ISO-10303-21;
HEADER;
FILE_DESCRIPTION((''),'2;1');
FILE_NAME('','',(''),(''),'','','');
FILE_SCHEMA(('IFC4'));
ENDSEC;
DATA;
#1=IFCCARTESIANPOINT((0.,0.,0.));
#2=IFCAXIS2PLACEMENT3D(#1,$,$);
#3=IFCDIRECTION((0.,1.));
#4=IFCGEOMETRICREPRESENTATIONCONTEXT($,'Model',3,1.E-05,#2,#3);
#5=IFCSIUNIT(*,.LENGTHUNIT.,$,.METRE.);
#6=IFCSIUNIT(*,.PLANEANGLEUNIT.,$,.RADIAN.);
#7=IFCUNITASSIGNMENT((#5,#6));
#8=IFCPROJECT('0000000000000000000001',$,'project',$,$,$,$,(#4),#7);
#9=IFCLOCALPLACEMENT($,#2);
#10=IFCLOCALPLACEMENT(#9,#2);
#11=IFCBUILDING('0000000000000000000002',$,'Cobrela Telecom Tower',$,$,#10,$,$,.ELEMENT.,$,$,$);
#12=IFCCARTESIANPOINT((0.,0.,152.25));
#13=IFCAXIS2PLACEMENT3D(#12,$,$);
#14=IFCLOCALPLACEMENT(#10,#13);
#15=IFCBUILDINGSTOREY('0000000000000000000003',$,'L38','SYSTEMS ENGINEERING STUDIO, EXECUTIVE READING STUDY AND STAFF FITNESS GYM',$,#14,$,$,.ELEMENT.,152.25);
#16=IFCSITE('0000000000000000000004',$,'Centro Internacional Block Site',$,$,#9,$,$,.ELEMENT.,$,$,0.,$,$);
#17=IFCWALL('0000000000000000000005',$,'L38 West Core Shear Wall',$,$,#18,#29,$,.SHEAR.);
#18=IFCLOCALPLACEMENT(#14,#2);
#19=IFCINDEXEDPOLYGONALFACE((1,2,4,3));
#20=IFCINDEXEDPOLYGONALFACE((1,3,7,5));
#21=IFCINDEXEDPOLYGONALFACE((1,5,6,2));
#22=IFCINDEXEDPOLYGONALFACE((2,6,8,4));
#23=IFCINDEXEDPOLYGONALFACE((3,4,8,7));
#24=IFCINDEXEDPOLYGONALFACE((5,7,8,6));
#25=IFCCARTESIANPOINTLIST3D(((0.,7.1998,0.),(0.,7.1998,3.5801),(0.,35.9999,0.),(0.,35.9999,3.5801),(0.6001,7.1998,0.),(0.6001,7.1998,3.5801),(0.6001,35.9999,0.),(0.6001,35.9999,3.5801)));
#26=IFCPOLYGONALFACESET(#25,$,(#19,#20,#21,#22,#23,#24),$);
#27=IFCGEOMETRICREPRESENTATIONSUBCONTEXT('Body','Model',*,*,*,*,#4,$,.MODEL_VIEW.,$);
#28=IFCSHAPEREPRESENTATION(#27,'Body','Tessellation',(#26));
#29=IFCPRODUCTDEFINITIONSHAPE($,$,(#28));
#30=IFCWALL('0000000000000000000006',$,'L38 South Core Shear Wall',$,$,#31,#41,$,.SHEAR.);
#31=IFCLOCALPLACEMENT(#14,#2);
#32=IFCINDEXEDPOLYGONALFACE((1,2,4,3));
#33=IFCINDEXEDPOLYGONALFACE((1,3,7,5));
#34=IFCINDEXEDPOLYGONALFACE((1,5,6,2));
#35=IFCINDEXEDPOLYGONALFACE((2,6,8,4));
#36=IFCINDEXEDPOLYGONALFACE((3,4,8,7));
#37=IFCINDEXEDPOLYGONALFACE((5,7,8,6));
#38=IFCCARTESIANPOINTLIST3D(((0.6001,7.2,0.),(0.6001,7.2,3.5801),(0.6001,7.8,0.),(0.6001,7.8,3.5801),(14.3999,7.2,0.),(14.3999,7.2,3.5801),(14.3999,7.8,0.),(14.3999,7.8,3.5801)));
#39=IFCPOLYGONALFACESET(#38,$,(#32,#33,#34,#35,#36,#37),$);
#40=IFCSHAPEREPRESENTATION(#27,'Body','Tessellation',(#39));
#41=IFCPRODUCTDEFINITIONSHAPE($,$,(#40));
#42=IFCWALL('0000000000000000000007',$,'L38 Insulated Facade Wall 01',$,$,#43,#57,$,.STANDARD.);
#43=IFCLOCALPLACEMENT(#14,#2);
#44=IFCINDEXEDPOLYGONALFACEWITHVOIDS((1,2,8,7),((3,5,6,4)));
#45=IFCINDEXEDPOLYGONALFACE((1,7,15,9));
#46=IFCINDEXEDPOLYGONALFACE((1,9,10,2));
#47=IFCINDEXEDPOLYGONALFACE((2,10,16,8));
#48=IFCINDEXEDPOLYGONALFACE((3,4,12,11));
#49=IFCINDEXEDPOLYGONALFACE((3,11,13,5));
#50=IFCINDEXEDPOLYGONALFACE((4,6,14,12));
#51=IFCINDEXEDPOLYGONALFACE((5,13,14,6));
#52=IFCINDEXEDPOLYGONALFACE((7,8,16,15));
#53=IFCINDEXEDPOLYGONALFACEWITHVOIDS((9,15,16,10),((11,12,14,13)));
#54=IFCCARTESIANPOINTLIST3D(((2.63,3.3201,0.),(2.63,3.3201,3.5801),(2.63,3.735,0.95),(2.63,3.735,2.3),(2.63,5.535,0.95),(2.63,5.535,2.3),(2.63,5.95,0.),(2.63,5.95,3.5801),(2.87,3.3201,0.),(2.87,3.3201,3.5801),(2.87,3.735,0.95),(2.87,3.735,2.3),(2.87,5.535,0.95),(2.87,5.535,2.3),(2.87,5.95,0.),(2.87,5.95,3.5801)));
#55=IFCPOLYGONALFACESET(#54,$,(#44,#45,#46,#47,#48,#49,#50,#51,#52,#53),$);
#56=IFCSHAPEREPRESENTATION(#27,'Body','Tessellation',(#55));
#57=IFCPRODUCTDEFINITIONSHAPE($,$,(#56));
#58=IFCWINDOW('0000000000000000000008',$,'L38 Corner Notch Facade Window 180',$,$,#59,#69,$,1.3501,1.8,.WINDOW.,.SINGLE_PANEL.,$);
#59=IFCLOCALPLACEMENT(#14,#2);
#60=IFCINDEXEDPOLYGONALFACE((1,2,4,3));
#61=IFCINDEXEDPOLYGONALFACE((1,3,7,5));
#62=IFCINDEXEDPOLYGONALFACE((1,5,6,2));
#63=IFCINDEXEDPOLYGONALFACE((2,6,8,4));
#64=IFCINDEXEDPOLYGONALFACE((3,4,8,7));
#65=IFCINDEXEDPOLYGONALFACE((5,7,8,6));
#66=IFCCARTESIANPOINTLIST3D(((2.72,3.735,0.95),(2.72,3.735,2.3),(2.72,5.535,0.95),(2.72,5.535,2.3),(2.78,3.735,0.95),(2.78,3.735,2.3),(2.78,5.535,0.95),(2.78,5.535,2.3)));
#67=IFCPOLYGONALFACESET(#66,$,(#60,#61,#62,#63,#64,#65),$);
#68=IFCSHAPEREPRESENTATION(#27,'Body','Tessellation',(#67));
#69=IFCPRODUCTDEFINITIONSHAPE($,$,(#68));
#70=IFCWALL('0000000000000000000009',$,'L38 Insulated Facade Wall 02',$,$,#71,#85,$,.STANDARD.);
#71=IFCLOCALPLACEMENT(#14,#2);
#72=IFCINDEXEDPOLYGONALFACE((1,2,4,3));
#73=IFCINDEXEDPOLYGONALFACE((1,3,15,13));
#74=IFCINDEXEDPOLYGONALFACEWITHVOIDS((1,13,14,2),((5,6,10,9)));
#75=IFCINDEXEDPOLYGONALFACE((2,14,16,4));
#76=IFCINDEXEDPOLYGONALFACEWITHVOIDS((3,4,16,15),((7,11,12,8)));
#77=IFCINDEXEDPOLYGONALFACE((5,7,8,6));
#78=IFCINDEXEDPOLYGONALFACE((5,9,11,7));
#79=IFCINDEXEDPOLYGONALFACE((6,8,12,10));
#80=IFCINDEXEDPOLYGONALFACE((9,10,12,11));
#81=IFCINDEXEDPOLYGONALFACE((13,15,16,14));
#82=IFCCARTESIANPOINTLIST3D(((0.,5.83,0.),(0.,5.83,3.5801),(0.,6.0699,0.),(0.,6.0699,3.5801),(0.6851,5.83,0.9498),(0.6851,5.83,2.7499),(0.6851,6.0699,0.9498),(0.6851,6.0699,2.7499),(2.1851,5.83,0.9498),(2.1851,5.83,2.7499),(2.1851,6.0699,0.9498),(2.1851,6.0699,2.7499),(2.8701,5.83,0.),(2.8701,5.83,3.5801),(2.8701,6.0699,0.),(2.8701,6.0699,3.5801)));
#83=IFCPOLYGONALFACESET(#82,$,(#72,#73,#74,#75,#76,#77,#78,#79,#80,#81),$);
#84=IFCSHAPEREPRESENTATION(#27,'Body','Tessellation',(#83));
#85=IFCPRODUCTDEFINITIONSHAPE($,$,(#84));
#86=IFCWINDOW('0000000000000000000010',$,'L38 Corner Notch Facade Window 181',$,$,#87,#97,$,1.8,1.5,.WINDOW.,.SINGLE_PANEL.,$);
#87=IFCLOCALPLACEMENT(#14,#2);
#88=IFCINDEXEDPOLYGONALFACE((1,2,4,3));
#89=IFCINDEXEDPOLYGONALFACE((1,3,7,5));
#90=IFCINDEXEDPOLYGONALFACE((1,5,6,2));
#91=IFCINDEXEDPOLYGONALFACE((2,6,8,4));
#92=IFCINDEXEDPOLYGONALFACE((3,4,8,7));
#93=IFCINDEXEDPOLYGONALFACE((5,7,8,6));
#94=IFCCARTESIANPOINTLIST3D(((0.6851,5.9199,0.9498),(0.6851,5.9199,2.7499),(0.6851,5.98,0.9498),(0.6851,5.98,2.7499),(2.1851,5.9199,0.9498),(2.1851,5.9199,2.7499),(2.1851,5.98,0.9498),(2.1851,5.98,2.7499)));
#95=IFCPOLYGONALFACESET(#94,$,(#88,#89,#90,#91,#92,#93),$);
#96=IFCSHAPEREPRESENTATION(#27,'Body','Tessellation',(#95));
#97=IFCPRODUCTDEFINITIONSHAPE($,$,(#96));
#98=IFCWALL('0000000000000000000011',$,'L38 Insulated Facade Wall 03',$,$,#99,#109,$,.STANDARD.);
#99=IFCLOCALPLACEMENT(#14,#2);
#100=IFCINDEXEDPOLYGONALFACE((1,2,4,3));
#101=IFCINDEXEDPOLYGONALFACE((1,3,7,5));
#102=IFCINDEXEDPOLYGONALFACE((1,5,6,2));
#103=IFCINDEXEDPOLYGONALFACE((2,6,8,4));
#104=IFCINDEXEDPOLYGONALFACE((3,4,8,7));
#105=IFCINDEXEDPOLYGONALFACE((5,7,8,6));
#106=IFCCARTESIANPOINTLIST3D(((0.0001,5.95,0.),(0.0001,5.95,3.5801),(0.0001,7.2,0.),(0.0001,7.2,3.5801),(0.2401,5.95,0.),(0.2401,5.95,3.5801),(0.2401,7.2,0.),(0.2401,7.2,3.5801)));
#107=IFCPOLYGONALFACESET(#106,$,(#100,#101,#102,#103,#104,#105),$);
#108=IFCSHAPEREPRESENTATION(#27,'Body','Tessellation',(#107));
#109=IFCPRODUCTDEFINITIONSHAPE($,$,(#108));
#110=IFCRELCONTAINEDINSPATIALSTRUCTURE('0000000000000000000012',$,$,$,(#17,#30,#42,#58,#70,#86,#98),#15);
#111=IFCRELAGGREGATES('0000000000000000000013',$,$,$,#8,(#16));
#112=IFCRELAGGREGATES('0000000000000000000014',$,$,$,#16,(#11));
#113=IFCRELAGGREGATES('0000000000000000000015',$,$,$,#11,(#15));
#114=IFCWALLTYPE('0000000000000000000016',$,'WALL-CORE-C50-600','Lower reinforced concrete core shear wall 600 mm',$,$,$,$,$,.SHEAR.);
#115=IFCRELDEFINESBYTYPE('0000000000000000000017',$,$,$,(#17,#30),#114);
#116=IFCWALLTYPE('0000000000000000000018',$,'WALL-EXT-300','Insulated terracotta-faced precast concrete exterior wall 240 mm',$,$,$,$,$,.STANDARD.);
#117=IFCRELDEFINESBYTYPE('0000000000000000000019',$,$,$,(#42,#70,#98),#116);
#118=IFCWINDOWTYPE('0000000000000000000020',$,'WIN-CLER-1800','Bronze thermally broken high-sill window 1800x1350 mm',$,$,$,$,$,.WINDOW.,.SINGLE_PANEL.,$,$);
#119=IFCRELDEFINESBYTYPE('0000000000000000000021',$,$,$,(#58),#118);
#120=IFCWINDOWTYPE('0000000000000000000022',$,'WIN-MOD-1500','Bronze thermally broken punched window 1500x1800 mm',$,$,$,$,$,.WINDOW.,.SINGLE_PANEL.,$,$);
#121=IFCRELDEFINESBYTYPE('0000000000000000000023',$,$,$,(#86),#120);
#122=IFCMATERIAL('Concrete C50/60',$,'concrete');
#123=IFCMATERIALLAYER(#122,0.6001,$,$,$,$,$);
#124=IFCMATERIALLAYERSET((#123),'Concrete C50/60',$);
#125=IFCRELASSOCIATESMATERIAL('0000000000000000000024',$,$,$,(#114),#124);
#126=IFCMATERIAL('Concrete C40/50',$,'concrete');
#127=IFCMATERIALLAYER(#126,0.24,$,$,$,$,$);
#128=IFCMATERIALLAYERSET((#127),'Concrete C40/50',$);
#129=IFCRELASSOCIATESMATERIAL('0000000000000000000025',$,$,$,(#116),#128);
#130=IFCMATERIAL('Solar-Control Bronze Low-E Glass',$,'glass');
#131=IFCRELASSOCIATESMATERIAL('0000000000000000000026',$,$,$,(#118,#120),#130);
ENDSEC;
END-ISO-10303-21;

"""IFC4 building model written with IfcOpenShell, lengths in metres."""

from ifc_helpers import new_model, si_unit, direction, frame, frame_2d, origin, place, context, subcontext, project, spatial, rectangle, extrude, material, layer, layer_set, type_object, element, fill, save


model = new_model("IFC4")

# Units and contexts
model_context = context("Model", 3, precision=1e-05, world=origin(), true_north=direction((0.0, 1.0)))
body_context = subcontext(model_context, "Body", "Model", "MODEL_VIEW")
ifc_project = project(units=[si_unit("LENGTHUNIT", "METRE"), si_unit("PLANEANGLEUNIT", "RADIAN")], contexts=[model_context])

# Site, building, storey
site_placement = place(None, origin())
site = spatial("IfcSite", under=ifc_project, at=site_placement, Name="Centro Internacional Block Site", CompositionType="ELEMENT", RefElevation=0.0)
building_placement = place(site_placement, origin())
building = spatial("IfcBuilding", under=site, at=building_placement, Name="Cobrela Telecom Tower", CompositionType="ELEMENT")
storey_placement = place(building_placement, frame((0.0, 0.0, 152.25)))
storey = spatial("IfcBuildingStorey", under=building, at=storey_placement, Name="L38", Description="SYSTEMS ENGINEERING STUDIO, EXECUTIVE READING STUDY AND STAFF FITNESS GYM", CompositionType="ELEMENT", Elevation=152.25)

# Shared definitions
ifc_material_1 = material(Name="Solar-Control Bronze Low-E Glass", Category="glass")

# Shared definitions
ifc_material_2 = material(Name="Concrete C40/50", Category="concrete")

# Walls
ifc_material_3 = material(Name="Concrete C50/60", Category="concrete")
ifc_layer_1 = layer(ifc_material_3, 0.6001)
ifc_layer_set_1 = layer_set([ifc_layer_1], Name="Concrete C50/60")
wall_type_1 = type_object("IfcWallType", Name="WALL-CORE-C50-600", Description="Lower reinforced concrete core shear wall 600 mm", PredefinedType="SHEAR", material=ifc_layer_set_1)
wall_1_placement = place(storey_placement, frame((0.3, 7.2, 0.0), z_axis=(0.0, 0.0, 1.0), x_axis=(0.0, 1.0, 0.0)))
element("IfcWall", 1, at=wall_1_placement, inside=storey, type_object=wall_type_1, Name="L38 West Core Shear Wall", PredefinedType="SHEAR", context=body_context, shape_type="SweptSolid", body=[
    extrude(rectangle(XDim=28.8, YDim=0.6001, at=frame_2d((14.3999, 0.0))), origin(), (0.0, 0.0, 1.0), 3.5801),
])
wall_2_placement = place(storey_placement, frame((0.6001, 7.5, 0.0), z_axis=(0.0, 0.0, 1.0), x_axis=(1.0, 0.0, 0.0)))
element("IfcWall", 2, at=wall_2_placement, inside=storey, type_object=wall_type_1, Name="L38 South Core Shear Wall", PredefinedType="SHEAR", context=body_context, shape_type="SweptSolid", body=[
    extrude(rectangle(XDim=13.7998, YDim=0.6001, at=frame_2d((6.8999, 0.0))), origin(), (0.0, 0.0, 1.0), 3.5801),
])

# Walls, openings, windows
ifc_layer_2 = layer(ifc_material_2, 0.24)
ifc_layer_set_2 = layer_set([ifc_layer_2], Name="Concrete C40/50")
wall_type_2 = type_object("IfcWallType", Name="WALL-EXT-300", Description="Insulated terracotta-faced precast concrete exterior wall 240 mm", PredefinedType="STANDARD", material=ifc_layer_set_2)
wall_3_placement = place(storey_placement, frame((2.75, 3.3201, 0.0), z_axis=(0.0, 0.0, 1.0), x_axis=(0.0, 1.0, 0.0)))
wall_3 = element("IfcWall", 3, at=wall_3_placement, inside=storey, type_object=wall_type_2, Name="L38 Insulated Facade Wall 01", PredefinedType="STANDARD", context=body_context, shape_type="SweptSolid", body=[
    extrude(rectangle(XDim=2.6299, YDim=0.24, at=frame_2d((1.3149, 0.0))), origin(), (0.0, 0.0, 1.0), 3.5801),
])
opening_1_placement = place(wall_3_placement, frame((0.415, 0.0, 0.95)))
opening_1 = element("IfcOpeningElement", 4, at=opening_1_placement, cuts=wall_3, PredefinedType="OPENING", context=body_context, shape_type="SweptSolid", body=[
    extrude(rectangle(XDim=1.8, YDim=1.3501, at=frame_2d((0.8999, 0.675))), frame((0.0, 0.1318, 0.0), z_axis=(0.0, -1.0, 0.0), x_axis=(1.0, 0.0, 0.0)), (0.0, 0.0, 1.0), 0.2639),
])
window_type_1 = type_object("IfcWindowType", Name="WIN-CLER-1800", Description="Bronze thermally broken high-sill window 1800x1350 mm", PartitioningType="SINGLE_PANEL", PredefinedType="WINDOW", material=ifc_material_1)
window_1_placement = place(opening_1_placement, origin())
window_1 = element("IfcWindow", 5, at=window_1_placement, inside=storey, type_object=window_type_1, Name="L38 Corner Notch Facade Window 180", OverallHeight=1.3501, OverallWidth=1.8, PartitioningType="SINGLE_PANEL", PredefinedType="WINDOW", context=body_context, shape_type="SweptSolid", body=[
    extrude(rectangle(XDim=1.8, YDim=1.3501, at=frame_2d((0.8999, 0.675))), frame((0.0, 0.03, 0.0), z_axis=(0.0, -1.0, 0.0), x_axis=(1.0, 0.0, 0.0)), (0.0, 0.0, 1.0), 0.0601),
])
fill(opening_1, window_1)
wall_4_placement = place(storey_placement, frame((2.8701, 5.95, 0.0), z_axis=(0.0, 0.0, 1.0), x_axis=(-1.0, 0.0, 0.0)))
wall_4 = element("IfcWall", 6, at=wall_4_placement, inside=storey, type_object=wall_type_2, Name="L38 Insulated Facade Wall 02", PredefinedType="STANDARD", context=body_context, shape_type="SweptSolid", body=[
    extrude(rectangle(XDim=2.8701, YDim=0.24, at=frame_2d((1.4351, 0.0))), origin(), (0.0, 0.0, 1.0), 3.5801),
])
opening_2_placement = place(wall_4_placement, frame((0.6851, 0.0, 0.95)))
opening_2 = element("IfcOpeningElement", 7, at=opening_2_placement, cuts=wall_4, PredefinedType="OPENING", context=body_context, shape_type="SweptSolid", body=[
    extrude(rectangle(XDim=1.5, YDim=1.8, at=frame_2d((0.75, 0.8999))), frame((0.0, 0.1318, 0.0), z_axis=(0.0, -1.0, 0.0), x_axis=(1.0, 0.0, 0.0)), (0.0, 0.0, 1.0), 0.2639),
])
window_type_2 = type_object("IfcWindowType", Name="WIN-MOD-1500", Description="Bronze thermally broken punched window 1500x1800 mm", PartitioningType="SINGLE_PANEL", PredefinedType="WINDOW", material=ifc_material_1)
window_2_placement = place(opening_2_placement, origin())
window_2 = element("IfcWindow", 8, at=window_2_placement, inside=storey, type_object=window_type_2, Name="L38 Corner Notch Facade Window 181", OverallHeight=1.8, OverallWidth=1.5, PartitioningType="SINGLE_PANEL", PredefinedType="WINDOW", context=body_context, shape_type="SweptSolid", body=[
    extrude(rectangle(XDim=1.5, YDim=1.8, at=frame_2d((0.75, 0.8999))), frame((0.0, 0.03, 0.0), z_axis=(0.0, -1.0, 0.0), x_axis=(1.0, 0.0, 0.0)), (0.0, 0.0, 1.0), 0.0601),
])
fill(opening_2, window_2)

# Wall
wall_5_placement = place(storey_placement, frame((0.1201, 5.95, 0.0), z_axis=(0.0, 0.0, 1.0), x_axis=(0.0, 1.0, 0.0)))
element("IfcWall", 9, at=wall_5_placement, inside=storey, type_object=wall_type_2, Name="L38 Insulated Facade Wall 03", PredefinedType="STANDARD", context=body_context, shape_type="SweptSolid", body=[
    extrude(rectangle(XDim=1.25, YDim=0.24, at=frame_2d((0.625, 0.0))), origin(), (0.0, 0.0, 1.0), 3.5801),
])

save(model, "model.ifc")
